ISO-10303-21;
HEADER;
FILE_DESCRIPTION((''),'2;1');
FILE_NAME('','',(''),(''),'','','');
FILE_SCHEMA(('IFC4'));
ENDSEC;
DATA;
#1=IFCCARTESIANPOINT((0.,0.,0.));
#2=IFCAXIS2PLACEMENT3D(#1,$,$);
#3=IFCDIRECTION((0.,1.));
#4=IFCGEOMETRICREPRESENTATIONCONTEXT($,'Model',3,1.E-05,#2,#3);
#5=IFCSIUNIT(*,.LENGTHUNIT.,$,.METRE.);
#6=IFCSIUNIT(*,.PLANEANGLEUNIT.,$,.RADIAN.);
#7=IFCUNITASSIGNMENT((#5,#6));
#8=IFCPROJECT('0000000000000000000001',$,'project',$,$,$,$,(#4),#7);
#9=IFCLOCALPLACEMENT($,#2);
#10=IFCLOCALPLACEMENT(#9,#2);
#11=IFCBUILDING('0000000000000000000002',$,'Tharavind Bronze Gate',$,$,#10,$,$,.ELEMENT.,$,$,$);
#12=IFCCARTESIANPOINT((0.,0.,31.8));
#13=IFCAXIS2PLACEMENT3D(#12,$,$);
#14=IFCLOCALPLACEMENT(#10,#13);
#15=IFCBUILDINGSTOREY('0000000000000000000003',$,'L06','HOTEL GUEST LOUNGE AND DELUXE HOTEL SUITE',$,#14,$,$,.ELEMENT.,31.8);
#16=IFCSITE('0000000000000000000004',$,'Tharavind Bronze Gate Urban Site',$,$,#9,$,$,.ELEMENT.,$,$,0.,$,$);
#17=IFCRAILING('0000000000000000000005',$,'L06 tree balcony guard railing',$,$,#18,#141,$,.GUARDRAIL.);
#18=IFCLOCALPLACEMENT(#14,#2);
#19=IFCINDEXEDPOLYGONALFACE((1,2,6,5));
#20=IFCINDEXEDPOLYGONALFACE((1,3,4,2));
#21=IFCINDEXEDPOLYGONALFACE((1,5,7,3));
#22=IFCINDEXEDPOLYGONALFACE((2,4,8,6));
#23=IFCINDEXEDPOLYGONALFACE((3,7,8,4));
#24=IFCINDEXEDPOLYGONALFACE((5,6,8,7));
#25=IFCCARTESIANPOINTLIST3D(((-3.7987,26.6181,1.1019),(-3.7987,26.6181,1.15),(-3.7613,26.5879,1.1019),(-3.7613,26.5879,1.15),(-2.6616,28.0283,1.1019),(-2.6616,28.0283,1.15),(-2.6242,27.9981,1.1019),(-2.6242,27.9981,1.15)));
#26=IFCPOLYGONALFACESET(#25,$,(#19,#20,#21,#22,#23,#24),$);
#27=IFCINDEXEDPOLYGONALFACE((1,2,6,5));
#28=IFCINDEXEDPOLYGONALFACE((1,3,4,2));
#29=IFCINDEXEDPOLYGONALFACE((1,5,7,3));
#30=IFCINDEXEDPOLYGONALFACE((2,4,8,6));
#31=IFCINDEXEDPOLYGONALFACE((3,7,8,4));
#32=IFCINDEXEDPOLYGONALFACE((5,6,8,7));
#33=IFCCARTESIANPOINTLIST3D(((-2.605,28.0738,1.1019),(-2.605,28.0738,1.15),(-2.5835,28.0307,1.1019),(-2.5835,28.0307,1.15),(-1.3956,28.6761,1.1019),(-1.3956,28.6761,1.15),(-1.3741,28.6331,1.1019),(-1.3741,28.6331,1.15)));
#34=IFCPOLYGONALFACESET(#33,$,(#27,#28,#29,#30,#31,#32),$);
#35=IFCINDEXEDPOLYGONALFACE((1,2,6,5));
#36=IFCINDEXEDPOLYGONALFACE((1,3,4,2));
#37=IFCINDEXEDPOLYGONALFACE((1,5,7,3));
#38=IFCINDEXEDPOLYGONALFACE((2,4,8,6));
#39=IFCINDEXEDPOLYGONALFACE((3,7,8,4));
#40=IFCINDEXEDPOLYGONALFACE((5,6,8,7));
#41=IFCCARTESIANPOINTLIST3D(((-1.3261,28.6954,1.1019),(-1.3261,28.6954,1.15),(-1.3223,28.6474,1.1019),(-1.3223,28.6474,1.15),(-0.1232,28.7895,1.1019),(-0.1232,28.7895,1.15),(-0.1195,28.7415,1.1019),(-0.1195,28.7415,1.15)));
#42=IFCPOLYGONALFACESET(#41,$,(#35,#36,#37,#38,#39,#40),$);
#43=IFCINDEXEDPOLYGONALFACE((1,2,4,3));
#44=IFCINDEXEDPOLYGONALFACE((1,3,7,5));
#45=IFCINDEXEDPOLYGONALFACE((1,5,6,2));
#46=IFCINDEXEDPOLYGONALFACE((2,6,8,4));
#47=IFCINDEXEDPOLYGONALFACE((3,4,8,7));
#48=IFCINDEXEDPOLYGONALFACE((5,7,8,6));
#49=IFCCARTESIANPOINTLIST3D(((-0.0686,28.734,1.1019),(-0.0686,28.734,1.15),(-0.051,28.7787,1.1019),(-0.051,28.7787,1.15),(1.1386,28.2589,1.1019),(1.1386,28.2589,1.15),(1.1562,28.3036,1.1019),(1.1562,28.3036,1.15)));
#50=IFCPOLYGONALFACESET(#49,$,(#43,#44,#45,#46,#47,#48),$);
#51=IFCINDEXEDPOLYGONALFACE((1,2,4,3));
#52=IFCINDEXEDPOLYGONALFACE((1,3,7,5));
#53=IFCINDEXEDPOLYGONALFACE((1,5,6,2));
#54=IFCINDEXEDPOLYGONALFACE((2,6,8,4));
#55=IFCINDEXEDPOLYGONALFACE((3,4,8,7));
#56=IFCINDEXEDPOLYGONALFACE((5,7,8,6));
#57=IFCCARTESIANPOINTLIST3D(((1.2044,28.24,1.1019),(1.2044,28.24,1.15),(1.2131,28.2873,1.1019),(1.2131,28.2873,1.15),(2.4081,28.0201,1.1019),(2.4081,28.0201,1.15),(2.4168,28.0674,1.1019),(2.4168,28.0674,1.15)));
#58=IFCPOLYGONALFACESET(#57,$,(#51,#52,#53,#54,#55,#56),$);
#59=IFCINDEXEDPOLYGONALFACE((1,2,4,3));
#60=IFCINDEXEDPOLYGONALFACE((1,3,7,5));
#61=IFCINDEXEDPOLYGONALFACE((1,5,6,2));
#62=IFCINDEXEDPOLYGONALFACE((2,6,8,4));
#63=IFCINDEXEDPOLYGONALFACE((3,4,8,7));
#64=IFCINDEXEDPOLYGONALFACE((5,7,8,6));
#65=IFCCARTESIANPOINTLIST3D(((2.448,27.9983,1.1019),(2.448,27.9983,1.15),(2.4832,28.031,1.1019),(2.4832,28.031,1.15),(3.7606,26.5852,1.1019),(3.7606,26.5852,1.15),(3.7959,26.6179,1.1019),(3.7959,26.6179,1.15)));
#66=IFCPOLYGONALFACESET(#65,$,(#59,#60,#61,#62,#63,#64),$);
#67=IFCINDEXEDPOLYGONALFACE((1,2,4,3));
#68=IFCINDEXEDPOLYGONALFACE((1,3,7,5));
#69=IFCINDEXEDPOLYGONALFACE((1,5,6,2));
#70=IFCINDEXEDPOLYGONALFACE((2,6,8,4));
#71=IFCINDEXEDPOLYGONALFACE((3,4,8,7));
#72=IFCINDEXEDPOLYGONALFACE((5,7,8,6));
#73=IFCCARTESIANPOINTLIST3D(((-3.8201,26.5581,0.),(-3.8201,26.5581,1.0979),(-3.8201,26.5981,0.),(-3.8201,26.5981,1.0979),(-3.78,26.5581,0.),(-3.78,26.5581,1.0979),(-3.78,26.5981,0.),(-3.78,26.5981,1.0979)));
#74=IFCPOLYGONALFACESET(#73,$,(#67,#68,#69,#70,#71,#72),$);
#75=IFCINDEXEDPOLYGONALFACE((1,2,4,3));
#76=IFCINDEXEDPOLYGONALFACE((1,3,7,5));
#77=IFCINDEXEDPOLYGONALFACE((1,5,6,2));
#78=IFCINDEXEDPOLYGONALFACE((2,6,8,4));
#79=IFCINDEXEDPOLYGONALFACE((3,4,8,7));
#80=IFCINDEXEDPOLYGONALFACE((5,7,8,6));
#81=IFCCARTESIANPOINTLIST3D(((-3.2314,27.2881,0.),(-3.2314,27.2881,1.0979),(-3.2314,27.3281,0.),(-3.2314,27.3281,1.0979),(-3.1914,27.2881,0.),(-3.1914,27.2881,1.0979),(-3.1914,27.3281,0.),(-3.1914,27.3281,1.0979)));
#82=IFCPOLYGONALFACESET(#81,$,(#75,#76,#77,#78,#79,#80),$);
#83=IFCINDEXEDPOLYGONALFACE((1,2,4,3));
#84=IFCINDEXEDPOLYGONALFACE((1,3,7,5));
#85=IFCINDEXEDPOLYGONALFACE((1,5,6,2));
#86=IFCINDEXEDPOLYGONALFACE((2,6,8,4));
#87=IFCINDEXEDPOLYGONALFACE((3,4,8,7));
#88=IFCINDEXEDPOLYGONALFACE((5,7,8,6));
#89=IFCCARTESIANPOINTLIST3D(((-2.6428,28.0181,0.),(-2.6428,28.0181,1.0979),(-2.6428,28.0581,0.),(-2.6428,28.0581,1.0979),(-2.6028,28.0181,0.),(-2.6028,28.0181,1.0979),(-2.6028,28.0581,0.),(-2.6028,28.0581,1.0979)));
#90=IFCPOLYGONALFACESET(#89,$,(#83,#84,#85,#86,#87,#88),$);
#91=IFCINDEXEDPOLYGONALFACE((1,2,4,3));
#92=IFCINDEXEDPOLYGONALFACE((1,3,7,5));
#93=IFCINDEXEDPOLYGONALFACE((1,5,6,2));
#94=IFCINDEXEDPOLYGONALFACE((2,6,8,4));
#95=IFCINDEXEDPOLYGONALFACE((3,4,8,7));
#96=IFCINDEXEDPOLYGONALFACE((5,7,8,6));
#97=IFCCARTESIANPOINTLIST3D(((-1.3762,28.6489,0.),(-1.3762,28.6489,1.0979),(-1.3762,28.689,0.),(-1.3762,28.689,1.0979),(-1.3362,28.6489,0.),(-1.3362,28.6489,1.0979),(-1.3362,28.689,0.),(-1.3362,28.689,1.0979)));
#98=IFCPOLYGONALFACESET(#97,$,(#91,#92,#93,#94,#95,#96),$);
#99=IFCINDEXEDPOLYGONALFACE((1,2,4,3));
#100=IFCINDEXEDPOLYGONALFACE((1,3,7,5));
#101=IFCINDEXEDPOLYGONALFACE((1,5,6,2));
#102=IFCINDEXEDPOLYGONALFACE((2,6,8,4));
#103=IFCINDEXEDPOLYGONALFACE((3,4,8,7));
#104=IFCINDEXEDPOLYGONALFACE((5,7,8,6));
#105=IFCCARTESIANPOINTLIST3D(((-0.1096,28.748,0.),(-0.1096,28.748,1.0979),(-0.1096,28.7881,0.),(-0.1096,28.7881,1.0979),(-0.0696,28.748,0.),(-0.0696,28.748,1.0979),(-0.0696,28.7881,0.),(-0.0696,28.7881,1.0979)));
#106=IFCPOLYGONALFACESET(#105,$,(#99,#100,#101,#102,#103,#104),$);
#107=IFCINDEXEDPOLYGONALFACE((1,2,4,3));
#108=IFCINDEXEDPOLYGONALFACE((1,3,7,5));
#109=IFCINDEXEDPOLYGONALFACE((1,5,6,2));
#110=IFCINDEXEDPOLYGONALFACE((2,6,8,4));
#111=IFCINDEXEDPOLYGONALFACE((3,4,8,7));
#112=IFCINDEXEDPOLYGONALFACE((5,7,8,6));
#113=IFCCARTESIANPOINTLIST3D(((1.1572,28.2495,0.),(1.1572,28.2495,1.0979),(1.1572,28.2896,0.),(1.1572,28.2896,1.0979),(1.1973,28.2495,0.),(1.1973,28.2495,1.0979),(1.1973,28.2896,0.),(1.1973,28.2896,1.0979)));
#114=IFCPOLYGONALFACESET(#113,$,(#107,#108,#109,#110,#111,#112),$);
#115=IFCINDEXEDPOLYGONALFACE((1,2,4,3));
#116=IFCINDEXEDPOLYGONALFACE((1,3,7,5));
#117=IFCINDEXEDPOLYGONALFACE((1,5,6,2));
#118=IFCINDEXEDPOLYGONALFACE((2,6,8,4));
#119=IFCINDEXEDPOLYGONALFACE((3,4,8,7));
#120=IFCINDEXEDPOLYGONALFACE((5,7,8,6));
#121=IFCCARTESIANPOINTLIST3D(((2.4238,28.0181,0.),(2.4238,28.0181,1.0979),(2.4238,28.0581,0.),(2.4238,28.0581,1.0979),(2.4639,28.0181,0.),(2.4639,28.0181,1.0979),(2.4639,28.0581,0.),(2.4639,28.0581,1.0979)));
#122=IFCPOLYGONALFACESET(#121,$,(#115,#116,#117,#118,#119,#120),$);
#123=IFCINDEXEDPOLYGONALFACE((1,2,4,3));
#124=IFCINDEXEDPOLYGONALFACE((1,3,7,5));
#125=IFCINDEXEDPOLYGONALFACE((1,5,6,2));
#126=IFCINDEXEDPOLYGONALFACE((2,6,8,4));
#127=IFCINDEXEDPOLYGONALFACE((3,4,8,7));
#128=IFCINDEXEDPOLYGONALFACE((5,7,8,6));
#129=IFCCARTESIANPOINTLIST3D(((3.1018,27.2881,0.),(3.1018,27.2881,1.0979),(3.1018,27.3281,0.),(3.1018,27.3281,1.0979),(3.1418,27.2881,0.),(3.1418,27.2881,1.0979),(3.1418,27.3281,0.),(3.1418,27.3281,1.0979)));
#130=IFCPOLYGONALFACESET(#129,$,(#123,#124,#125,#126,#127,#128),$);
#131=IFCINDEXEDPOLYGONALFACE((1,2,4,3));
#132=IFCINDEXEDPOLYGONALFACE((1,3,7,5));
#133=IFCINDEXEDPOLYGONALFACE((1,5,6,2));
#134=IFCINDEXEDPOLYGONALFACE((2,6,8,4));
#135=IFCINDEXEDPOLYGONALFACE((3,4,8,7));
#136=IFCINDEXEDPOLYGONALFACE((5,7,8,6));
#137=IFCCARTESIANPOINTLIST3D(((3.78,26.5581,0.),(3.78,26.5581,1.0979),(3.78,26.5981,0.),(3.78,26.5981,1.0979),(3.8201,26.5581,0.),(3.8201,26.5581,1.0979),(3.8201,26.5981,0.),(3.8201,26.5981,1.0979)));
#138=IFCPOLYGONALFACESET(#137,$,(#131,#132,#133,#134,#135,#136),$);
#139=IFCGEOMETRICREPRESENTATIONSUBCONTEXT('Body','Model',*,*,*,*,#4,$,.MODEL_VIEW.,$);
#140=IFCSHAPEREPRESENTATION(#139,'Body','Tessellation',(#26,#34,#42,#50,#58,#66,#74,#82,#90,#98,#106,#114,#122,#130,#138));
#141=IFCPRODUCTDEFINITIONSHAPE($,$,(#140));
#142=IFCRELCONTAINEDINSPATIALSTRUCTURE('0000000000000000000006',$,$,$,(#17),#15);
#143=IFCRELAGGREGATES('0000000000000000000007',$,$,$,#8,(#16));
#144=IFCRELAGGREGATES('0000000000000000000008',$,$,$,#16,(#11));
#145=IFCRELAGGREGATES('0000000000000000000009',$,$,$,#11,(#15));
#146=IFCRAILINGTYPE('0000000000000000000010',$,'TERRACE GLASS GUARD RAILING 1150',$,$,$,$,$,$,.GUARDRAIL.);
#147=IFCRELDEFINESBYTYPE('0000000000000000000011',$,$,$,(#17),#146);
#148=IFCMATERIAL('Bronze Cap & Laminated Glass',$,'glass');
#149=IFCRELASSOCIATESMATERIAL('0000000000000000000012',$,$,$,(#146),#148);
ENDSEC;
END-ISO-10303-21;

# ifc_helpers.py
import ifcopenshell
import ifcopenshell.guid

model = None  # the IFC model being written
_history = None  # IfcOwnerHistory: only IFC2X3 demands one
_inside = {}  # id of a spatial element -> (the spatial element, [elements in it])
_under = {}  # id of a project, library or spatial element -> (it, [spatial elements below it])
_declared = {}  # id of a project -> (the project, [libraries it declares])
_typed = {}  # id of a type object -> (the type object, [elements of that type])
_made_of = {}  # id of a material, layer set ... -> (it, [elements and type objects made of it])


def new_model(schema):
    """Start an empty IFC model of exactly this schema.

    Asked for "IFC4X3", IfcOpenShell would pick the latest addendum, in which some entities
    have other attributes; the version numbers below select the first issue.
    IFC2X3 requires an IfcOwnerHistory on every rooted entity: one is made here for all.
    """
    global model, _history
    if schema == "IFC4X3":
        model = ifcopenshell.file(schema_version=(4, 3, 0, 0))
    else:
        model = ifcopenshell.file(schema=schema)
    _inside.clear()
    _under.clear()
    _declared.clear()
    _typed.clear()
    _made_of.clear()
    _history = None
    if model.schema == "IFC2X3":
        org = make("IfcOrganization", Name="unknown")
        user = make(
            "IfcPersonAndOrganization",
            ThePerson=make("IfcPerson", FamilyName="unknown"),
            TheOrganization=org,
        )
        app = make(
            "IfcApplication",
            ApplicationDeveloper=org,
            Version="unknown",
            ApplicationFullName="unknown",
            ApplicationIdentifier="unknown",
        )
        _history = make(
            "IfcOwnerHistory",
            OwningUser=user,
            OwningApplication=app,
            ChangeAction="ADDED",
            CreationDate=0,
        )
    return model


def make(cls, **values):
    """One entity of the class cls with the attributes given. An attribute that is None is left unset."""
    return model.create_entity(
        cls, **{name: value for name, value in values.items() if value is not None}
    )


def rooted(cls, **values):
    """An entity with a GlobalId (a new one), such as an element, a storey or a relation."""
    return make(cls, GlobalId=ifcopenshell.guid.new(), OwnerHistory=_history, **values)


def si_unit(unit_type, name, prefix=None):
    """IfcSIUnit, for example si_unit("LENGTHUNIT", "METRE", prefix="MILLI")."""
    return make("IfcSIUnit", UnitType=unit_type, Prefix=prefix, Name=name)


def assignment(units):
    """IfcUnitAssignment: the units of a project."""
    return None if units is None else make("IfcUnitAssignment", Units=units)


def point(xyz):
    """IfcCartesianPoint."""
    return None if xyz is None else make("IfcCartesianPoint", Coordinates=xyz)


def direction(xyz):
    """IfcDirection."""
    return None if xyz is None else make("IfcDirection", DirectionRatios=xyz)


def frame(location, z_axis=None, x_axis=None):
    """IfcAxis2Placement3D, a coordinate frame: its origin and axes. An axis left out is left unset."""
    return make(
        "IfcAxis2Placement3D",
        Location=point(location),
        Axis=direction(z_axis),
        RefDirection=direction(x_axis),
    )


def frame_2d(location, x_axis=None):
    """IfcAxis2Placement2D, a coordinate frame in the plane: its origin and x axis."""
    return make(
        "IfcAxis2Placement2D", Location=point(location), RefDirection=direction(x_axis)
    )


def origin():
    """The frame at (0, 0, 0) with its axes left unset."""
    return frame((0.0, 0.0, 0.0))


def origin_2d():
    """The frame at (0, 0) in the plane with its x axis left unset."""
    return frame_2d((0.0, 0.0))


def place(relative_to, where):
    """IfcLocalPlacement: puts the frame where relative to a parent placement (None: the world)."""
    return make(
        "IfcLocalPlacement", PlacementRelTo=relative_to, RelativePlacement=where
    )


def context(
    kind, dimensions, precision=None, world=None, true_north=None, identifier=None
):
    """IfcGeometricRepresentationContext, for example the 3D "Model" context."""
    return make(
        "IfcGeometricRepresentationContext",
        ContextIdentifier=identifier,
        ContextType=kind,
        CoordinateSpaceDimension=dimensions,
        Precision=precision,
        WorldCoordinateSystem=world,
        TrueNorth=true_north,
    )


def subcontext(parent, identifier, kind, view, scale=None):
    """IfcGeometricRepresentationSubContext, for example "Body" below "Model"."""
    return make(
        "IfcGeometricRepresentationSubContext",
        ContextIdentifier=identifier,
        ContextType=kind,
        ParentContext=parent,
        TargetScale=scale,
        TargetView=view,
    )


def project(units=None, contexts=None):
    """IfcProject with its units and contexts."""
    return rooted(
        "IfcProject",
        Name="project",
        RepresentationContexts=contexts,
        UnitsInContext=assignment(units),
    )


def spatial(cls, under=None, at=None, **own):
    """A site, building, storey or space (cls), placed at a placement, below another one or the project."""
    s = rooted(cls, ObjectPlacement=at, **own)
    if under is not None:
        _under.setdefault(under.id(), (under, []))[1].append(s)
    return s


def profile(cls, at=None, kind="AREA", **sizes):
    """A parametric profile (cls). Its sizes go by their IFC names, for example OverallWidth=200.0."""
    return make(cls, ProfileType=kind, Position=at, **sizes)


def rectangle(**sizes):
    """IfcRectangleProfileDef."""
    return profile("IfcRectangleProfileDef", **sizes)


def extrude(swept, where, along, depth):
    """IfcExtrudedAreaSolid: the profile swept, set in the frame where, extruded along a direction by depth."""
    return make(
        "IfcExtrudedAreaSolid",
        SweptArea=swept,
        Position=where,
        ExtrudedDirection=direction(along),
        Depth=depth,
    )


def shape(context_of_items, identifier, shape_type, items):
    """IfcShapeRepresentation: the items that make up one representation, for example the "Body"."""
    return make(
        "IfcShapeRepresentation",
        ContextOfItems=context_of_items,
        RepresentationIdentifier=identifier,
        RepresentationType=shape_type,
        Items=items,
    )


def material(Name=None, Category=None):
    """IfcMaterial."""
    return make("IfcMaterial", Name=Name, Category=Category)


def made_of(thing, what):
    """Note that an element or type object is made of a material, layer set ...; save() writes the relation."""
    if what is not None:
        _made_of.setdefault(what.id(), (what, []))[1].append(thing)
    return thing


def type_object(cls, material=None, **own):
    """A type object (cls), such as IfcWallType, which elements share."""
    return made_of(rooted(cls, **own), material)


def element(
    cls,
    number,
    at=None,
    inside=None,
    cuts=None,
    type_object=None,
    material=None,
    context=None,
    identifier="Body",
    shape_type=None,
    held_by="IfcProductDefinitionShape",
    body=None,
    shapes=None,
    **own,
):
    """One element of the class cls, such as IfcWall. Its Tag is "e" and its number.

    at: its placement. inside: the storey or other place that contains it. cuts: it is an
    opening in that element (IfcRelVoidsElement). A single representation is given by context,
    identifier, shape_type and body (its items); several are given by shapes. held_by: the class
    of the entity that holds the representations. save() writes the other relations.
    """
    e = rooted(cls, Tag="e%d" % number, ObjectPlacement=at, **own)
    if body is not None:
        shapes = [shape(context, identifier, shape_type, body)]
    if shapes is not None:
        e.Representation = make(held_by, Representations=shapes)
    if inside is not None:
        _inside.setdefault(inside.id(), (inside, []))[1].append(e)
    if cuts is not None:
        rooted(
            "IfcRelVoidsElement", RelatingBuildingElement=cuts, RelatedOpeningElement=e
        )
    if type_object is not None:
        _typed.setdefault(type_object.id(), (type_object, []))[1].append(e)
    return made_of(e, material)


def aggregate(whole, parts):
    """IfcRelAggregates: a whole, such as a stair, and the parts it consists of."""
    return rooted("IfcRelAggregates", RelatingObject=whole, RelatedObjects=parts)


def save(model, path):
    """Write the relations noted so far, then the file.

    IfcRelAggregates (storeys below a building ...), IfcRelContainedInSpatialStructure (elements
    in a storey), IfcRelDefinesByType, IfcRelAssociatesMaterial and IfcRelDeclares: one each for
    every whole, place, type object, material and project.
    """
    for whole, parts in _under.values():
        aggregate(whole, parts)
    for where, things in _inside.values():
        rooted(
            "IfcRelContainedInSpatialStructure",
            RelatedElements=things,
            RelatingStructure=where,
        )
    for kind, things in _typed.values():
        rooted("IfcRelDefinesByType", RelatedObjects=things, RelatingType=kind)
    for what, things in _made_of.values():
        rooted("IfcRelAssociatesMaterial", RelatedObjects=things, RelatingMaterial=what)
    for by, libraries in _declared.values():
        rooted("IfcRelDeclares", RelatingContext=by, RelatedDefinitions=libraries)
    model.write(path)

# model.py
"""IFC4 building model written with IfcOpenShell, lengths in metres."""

from ifc_helpers import new_model, si_unit, direction, frame, origin, origin_2d, place, context, subcontext, project, spatial, rectangle, extrude, material, type_object, element, save


model = new_model("IFC4")

# Units and contexts
model_context = context("Model", 3, precision=1e-05, world=origin(), true_north=direction((0.0, 1.0)))
body_context = subcontext(model_context, "Body", "Model", "MODEL_VIEW")
ifc_project = project(units=[si_unit("LENGTHUNIT", "METRE"), si_unit("PLANEANGLEUNIT", "RADIAN")], contexts=[model_context])

# Site, building, storey
site_placement = place(None, origin())
site = spatial("IfcSite", under=ifc_project, at=site_placement, Name="Tharavind Bronze Gate Urban Site", CompositionType="ELEMENT", RefElevation=0.0)
building_placement = place(site_placement, origin())
building = spatial("IfcBuilding", under=site, at=building_placement, Name="Tharavind Bronze Gate", CompositionType="ELEMENT")
storey_placement = place(building_placement, frame((0.0, 0.0, 31.8)))
storey = spatial("IfcBuildingStorey", under=building, at=storey_placement, Name="L06", Description="HOTEL GUEST LOUNGE AND DELUXE HOTEL SUITE", CompositionType="ELEMENT", Elevation=31.8)

# Railing
ifc_material_1 = material(Name="Bronze Cap & Laminated Glass", Category="glass")
railing_type = type_object("IfcRailingType", Name="TERRACE GLASS GUARD RAILING 1150", PredefinedType="GUARDRAIL", material=ifc_material_1)
railing_placement = place(storey_placement, frame((-3.8, 26.5781, 0.0)))
element("IfcRailing", 1, at=railing_placement, inside=storey, type_object=railing_type, Name="L06 tree balcony guard railing", PredefinedType="GUARDRAIL", context=body_context, shape_type="SweptSolid", body=[
    extrude(rectangle(XDim=0.0481, YDim=0.0481, at=origin_2d()), frame((0.02, 0.0249, 1.126), z_axis=(0.627707, 0.77845, 0.0), x_axis=(-0.77845, 0.627707, 0.0)), (0.0, 0.0, 1.0), 1.8115),
    extrude(rectangle(XDim=0.0481, YDim=0.0481, at=origin_2d()), frame((1.2058, 1.4741, 1.126), z_axis=(0.895116, 0.445833, 0.0), x_axis=(-0.445833, 0.895116, 0.0)), (0.0, 0.0, 1.0), 1.3511),
    extrude(rectangle(XDim=0.0481, YDim=0.0481, at=origin_2d()), frame((2.4758, 2.0933, 1.126), z_axis=(0.996952, 0.078019, 0.0), x_axis=(-0.078019, 0.996952, 0.0)), (0.0, 0.0, 1.0), 1.2065),
    extrude(rectangle(XDim=0.0481, YDim=0.0481, at=origin_2d()), frame((3.7402, 2.1782, 1.126), z_axis=(0.93054, -0.36619, 0.0), x_axis=(0.36619, 0.93054, 0.0)), (0.0, 0.0, 1.0), 1.2974),
    extrude(rectangle(XDim=0.0481, YDim=0.0481, at=origin_2d()), frame((5.0088, 1.6855, 1.126), z_axis=(0.983712, -0.179753, 0.0), x_axis=(0.179753, 0.983712, 0.0)), (0.0, 0.0, 1.0), 1.2236),
    extrude(rectangle(XDim=0.0481, YDim=0.0481, at=origin_2d()), frame((6.2656, 1.4365, 1.126), z_axis=(0.680592, -0.732663, 0.0), x_axis=(0.732663, 0.680592, 0.0)), (0.0, 0.0, 1.0), 1.9287),
    extrude(rectangle(XDim=0.04, YDim=0.04, at=origin_2d()), origin(), (0.0, 0.0, 1.0), 1.0979),
    extrude(rectangle(XDim=0.04, YDim=0.04, at=origin_2d()), frame((0.5886, 0.73, 0.0)), (0.0, 0.0, 1.0), 1.0979),
    extrude(rectangle(XDim=0.04, YDim=0.04, at=origin_2d()), frame((1.1772, 1.46, 0.0)), (0.0, 0.0, 1.0), 1.0979),
    extrude(rectangle(XDim=0.04, YDim=0.04, at=origin_2d()), frame((2.4438, 2.0908, 0.0)), (0.0, 0.0, 1.0), 1.0979),
    extrude(rectangle(XDim=0.04, YDim=0.04, at=origin_2d()), frame((3.7104, 2.1899, 0.0)), (0.0, 0.0, 1.0), 1.0979),
    extrude(rectangle(XDim=0.04, YDim=0.04, at=origin_2d()), frame((4.9773, 1.6914, 0.0)), (0.0, 0.0, 1.0), 1.0979),
    extrude(rectangle(XDim=0.04, YDim=0.04, at=origin_2d()), frame((6.2439, 1.46, 0.0)), (0.0, 0.0, 1.0), 1.0979),
    extrude(rectangle(XDim=0.04, YDim=0.04, at=origin_2d()), frame((6.9219, 0.73, 0.0)), (0.0, 0.0, 1.0), 1.0979),
    extrude(rectangle(XDim=0.04, YDim=0.04, at=origin_2d()), frame((7.6001, 0.0, 0.0)), (0.0, 0.0, 1.0), 1.0979),
])

save(model, "model.ifc")
